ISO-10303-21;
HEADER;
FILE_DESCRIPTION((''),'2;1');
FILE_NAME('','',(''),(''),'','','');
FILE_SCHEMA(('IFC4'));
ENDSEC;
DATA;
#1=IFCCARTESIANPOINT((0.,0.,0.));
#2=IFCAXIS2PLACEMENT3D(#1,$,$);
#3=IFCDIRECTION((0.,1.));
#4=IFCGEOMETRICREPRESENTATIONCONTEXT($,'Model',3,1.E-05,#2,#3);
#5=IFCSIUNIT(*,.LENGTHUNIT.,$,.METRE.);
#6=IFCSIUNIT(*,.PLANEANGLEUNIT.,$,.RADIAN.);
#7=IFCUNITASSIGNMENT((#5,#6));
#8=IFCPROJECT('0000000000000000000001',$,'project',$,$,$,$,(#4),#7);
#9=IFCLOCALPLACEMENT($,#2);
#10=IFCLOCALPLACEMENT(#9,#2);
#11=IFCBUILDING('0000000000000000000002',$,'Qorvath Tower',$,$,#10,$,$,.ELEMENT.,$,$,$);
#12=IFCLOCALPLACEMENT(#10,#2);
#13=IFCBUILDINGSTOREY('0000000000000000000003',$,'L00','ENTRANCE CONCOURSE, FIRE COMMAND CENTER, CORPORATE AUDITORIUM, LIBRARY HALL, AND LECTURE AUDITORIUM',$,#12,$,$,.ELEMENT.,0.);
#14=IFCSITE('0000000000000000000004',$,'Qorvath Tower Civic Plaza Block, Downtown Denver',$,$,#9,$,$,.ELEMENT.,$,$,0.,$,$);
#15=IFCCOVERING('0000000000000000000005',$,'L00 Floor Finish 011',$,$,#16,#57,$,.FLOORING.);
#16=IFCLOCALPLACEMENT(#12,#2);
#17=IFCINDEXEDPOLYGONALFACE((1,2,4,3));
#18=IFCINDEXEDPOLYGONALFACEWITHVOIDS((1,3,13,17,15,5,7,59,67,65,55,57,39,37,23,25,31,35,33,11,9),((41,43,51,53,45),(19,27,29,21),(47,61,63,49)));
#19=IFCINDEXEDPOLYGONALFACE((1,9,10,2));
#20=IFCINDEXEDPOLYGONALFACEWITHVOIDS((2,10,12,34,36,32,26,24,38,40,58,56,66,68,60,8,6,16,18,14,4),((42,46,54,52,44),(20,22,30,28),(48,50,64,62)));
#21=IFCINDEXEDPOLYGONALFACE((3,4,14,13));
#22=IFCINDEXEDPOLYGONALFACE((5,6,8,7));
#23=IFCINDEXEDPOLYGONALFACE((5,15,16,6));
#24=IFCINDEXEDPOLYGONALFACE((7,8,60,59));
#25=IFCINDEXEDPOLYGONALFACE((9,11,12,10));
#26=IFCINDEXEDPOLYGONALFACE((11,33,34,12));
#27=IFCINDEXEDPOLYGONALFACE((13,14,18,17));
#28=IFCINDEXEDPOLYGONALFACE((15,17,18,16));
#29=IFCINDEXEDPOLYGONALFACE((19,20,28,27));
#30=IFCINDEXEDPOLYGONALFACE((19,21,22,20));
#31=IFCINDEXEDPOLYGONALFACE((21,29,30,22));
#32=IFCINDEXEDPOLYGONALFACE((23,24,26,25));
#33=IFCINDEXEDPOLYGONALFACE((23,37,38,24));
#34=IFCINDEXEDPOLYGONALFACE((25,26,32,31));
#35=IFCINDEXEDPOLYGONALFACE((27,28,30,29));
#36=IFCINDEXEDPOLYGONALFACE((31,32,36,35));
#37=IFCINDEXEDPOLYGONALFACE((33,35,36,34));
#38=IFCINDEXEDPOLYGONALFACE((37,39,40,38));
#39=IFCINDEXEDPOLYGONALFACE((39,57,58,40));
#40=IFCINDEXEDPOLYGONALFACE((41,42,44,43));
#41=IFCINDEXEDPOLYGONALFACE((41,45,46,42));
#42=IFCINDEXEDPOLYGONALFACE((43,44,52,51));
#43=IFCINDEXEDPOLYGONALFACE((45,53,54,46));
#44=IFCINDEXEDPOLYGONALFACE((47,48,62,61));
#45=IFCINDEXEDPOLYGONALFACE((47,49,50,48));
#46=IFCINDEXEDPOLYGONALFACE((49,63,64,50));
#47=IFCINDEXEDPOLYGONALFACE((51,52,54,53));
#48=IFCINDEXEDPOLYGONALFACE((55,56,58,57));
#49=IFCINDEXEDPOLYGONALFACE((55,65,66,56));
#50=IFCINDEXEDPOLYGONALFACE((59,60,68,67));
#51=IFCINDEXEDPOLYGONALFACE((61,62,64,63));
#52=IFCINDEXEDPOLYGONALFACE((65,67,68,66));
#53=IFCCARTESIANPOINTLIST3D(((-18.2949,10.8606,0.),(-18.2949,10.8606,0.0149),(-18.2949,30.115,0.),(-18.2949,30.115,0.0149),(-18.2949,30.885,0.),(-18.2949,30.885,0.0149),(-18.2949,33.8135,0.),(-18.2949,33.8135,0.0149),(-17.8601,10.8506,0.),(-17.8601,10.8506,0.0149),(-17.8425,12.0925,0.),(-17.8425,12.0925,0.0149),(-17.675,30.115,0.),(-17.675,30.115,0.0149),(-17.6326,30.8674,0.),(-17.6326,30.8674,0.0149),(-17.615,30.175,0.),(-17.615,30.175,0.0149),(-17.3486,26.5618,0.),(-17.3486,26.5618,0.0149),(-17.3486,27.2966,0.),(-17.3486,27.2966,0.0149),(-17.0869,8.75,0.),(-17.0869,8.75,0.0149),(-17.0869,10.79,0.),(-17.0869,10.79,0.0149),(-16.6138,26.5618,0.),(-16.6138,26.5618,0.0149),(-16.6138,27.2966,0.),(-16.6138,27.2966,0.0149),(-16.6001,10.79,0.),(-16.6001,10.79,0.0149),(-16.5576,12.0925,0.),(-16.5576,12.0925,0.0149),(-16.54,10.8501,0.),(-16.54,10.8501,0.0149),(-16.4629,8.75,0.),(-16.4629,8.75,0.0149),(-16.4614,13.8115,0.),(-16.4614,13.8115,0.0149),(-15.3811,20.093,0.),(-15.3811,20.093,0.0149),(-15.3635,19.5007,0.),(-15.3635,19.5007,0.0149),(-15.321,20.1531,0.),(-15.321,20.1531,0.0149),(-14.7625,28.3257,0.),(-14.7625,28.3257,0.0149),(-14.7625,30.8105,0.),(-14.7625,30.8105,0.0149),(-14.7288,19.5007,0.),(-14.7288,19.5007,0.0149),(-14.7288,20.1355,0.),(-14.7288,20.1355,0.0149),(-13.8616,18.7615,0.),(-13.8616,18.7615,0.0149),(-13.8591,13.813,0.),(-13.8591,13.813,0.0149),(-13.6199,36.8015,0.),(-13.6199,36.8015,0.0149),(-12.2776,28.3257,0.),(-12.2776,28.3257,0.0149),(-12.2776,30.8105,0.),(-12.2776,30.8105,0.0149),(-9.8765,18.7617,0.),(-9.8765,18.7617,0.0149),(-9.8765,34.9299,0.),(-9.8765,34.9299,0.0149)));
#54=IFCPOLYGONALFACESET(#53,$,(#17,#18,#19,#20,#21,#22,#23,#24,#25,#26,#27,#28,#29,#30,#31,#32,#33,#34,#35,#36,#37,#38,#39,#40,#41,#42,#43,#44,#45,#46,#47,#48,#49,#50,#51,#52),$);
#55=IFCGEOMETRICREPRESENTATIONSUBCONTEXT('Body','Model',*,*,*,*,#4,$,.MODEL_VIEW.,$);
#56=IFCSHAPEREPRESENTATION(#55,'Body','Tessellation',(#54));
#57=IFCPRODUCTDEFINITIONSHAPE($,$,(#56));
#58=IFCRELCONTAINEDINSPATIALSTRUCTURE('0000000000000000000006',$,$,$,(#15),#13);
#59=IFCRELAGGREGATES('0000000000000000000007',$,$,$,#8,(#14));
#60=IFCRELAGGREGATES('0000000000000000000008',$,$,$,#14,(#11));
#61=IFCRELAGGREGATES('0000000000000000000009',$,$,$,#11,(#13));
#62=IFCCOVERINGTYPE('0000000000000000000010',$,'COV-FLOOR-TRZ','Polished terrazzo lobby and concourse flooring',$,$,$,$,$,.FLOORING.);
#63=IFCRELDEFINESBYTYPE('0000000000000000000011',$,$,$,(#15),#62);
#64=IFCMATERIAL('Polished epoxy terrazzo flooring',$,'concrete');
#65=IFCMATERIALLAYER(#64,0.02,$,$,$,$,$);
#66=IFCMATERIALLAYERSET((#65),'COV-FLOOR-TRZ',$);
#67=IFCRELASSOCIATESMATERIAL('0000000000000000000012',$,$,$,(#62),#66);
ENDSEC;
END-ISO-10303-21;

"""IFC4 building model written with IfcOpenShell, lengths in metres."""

from ifc_helpers import new_model, si_unit, direction, origin, place, context, subcontext, project, spatial, polyline, outline, extrude, material, layer, layer_set, type_object, element, save


model = new_model("IFC4")

# Units and contexts
model_context = context("Model", 3, precision=1e-05, world=origin(), true_north=direction((0.0, 1.0)))
body_context = subcontext(model_context, "Body", "Model", "MODEL_VIEW")
ifc_project = project(units=[si_unit("LENGTHUNIT", "METRE"), si_unit("PLANEANGLEUNIT", "RADIAN")], contexts=[model_context])

# Site, building, storey
site_placement = place(None, origin())
site = spatial("IfcSite", under=ifc_project, at=site_placement, Name="Qorvath Tower Civic Plaza Block, Downtown Denver", CompositionType="ELEMENT", RefElevation=0.0)
building_placement = place(site_placement, origin())
building = spatial("IfcBuilding", under=site, at=building_placement, Name="Qorvath Tower", CompositionType="ELEMENT")
storey_placement = place(building_placement, origin())
storey = spatial("IfcBuildingStorey", under=building, at=storey_placement, Name="L00", Description="ENTRANCE CONCOURSE, FIRE COMMAND CENTER, CORPORATE AUDITORIUM, LIBRARY HALL, AND LECTURE AUDITORIUM", CompositionType="ELEMENT", Elevation=0.0)

# Covering
ifc_material_1 = material(Name="Polished epoxy terrazzo flooring", Category="concrete")
ifc_layer_1 = layer(ifc_material_1, 0.02)
ifc_layer_set_1 = layer_set([ifc_layer_1], Name="COV-FLOOR-TRZ")
covering_type_1 = type_object("IfcCoveringType", Name="COV-FLOOR-TRZ", Description="Polished terrazzo lobby and concourse flooring", PredefinedType="FLOORING", material=ifc_layer_set_1)
covering_1_placement = place(storey_placement, origin())
element("IfcCovering", 1, at=covering_1_placement, inside=storey, type_object=covering_type_1, Name="L00 Floor Finish 011", PredefinedType="FLOORING", context=body_context, shape_type="SweptSolid", body=[
    extrude(outline(polyline([(-18.2949, 30.115), (-18.2949, 10.8606), (-17.8601, 10.8506), (-17.8425, 12.0925), (-16.5576, 12.0925), (-16.54, 10.8501), (-16.6001, 10.79), (-17.0869, 10.79), (-17.0869, 8.75), (-16.4629, 8.75), (-16.4614, 13.8115), (-13.8591, 13.813), (-13.8616, 18.7615), (-9.8765, 18.7617), (-9.8765, 34.9299), (-13.6199, 36.8015), (-18.2949, 33.8135), (-18.2949, 30.885), (-17.6326, 30.8674), (-17.615, 30.175), (-17.675, 30.115), (-18.2949, 30.115)]), holes=[polyline([(-14.7625, 30.8105), (-12.2776, 30.8105), (-12.2776, 28.3257), (-14.7625, 28.3257), (-14.7625, 30.8105)]), polyline([(-15.3811, 20.093), (-15.321, 20.1531), (-14.7288, 20.1355), (-14.7288, 19.5007), (-15.3635, 19.5007), (-15.3811, 20.093)]), polyline([(-17.3486, 27.2966), (-16.6138, 27.2966), (-16.6138, 26.5618), (-17.3486, 26.5618), (-17.3486, 27.2966)])]), origin(), (0.0, 0.0, 1.0), 0.0149),
])

save(model, "model.ifc")
